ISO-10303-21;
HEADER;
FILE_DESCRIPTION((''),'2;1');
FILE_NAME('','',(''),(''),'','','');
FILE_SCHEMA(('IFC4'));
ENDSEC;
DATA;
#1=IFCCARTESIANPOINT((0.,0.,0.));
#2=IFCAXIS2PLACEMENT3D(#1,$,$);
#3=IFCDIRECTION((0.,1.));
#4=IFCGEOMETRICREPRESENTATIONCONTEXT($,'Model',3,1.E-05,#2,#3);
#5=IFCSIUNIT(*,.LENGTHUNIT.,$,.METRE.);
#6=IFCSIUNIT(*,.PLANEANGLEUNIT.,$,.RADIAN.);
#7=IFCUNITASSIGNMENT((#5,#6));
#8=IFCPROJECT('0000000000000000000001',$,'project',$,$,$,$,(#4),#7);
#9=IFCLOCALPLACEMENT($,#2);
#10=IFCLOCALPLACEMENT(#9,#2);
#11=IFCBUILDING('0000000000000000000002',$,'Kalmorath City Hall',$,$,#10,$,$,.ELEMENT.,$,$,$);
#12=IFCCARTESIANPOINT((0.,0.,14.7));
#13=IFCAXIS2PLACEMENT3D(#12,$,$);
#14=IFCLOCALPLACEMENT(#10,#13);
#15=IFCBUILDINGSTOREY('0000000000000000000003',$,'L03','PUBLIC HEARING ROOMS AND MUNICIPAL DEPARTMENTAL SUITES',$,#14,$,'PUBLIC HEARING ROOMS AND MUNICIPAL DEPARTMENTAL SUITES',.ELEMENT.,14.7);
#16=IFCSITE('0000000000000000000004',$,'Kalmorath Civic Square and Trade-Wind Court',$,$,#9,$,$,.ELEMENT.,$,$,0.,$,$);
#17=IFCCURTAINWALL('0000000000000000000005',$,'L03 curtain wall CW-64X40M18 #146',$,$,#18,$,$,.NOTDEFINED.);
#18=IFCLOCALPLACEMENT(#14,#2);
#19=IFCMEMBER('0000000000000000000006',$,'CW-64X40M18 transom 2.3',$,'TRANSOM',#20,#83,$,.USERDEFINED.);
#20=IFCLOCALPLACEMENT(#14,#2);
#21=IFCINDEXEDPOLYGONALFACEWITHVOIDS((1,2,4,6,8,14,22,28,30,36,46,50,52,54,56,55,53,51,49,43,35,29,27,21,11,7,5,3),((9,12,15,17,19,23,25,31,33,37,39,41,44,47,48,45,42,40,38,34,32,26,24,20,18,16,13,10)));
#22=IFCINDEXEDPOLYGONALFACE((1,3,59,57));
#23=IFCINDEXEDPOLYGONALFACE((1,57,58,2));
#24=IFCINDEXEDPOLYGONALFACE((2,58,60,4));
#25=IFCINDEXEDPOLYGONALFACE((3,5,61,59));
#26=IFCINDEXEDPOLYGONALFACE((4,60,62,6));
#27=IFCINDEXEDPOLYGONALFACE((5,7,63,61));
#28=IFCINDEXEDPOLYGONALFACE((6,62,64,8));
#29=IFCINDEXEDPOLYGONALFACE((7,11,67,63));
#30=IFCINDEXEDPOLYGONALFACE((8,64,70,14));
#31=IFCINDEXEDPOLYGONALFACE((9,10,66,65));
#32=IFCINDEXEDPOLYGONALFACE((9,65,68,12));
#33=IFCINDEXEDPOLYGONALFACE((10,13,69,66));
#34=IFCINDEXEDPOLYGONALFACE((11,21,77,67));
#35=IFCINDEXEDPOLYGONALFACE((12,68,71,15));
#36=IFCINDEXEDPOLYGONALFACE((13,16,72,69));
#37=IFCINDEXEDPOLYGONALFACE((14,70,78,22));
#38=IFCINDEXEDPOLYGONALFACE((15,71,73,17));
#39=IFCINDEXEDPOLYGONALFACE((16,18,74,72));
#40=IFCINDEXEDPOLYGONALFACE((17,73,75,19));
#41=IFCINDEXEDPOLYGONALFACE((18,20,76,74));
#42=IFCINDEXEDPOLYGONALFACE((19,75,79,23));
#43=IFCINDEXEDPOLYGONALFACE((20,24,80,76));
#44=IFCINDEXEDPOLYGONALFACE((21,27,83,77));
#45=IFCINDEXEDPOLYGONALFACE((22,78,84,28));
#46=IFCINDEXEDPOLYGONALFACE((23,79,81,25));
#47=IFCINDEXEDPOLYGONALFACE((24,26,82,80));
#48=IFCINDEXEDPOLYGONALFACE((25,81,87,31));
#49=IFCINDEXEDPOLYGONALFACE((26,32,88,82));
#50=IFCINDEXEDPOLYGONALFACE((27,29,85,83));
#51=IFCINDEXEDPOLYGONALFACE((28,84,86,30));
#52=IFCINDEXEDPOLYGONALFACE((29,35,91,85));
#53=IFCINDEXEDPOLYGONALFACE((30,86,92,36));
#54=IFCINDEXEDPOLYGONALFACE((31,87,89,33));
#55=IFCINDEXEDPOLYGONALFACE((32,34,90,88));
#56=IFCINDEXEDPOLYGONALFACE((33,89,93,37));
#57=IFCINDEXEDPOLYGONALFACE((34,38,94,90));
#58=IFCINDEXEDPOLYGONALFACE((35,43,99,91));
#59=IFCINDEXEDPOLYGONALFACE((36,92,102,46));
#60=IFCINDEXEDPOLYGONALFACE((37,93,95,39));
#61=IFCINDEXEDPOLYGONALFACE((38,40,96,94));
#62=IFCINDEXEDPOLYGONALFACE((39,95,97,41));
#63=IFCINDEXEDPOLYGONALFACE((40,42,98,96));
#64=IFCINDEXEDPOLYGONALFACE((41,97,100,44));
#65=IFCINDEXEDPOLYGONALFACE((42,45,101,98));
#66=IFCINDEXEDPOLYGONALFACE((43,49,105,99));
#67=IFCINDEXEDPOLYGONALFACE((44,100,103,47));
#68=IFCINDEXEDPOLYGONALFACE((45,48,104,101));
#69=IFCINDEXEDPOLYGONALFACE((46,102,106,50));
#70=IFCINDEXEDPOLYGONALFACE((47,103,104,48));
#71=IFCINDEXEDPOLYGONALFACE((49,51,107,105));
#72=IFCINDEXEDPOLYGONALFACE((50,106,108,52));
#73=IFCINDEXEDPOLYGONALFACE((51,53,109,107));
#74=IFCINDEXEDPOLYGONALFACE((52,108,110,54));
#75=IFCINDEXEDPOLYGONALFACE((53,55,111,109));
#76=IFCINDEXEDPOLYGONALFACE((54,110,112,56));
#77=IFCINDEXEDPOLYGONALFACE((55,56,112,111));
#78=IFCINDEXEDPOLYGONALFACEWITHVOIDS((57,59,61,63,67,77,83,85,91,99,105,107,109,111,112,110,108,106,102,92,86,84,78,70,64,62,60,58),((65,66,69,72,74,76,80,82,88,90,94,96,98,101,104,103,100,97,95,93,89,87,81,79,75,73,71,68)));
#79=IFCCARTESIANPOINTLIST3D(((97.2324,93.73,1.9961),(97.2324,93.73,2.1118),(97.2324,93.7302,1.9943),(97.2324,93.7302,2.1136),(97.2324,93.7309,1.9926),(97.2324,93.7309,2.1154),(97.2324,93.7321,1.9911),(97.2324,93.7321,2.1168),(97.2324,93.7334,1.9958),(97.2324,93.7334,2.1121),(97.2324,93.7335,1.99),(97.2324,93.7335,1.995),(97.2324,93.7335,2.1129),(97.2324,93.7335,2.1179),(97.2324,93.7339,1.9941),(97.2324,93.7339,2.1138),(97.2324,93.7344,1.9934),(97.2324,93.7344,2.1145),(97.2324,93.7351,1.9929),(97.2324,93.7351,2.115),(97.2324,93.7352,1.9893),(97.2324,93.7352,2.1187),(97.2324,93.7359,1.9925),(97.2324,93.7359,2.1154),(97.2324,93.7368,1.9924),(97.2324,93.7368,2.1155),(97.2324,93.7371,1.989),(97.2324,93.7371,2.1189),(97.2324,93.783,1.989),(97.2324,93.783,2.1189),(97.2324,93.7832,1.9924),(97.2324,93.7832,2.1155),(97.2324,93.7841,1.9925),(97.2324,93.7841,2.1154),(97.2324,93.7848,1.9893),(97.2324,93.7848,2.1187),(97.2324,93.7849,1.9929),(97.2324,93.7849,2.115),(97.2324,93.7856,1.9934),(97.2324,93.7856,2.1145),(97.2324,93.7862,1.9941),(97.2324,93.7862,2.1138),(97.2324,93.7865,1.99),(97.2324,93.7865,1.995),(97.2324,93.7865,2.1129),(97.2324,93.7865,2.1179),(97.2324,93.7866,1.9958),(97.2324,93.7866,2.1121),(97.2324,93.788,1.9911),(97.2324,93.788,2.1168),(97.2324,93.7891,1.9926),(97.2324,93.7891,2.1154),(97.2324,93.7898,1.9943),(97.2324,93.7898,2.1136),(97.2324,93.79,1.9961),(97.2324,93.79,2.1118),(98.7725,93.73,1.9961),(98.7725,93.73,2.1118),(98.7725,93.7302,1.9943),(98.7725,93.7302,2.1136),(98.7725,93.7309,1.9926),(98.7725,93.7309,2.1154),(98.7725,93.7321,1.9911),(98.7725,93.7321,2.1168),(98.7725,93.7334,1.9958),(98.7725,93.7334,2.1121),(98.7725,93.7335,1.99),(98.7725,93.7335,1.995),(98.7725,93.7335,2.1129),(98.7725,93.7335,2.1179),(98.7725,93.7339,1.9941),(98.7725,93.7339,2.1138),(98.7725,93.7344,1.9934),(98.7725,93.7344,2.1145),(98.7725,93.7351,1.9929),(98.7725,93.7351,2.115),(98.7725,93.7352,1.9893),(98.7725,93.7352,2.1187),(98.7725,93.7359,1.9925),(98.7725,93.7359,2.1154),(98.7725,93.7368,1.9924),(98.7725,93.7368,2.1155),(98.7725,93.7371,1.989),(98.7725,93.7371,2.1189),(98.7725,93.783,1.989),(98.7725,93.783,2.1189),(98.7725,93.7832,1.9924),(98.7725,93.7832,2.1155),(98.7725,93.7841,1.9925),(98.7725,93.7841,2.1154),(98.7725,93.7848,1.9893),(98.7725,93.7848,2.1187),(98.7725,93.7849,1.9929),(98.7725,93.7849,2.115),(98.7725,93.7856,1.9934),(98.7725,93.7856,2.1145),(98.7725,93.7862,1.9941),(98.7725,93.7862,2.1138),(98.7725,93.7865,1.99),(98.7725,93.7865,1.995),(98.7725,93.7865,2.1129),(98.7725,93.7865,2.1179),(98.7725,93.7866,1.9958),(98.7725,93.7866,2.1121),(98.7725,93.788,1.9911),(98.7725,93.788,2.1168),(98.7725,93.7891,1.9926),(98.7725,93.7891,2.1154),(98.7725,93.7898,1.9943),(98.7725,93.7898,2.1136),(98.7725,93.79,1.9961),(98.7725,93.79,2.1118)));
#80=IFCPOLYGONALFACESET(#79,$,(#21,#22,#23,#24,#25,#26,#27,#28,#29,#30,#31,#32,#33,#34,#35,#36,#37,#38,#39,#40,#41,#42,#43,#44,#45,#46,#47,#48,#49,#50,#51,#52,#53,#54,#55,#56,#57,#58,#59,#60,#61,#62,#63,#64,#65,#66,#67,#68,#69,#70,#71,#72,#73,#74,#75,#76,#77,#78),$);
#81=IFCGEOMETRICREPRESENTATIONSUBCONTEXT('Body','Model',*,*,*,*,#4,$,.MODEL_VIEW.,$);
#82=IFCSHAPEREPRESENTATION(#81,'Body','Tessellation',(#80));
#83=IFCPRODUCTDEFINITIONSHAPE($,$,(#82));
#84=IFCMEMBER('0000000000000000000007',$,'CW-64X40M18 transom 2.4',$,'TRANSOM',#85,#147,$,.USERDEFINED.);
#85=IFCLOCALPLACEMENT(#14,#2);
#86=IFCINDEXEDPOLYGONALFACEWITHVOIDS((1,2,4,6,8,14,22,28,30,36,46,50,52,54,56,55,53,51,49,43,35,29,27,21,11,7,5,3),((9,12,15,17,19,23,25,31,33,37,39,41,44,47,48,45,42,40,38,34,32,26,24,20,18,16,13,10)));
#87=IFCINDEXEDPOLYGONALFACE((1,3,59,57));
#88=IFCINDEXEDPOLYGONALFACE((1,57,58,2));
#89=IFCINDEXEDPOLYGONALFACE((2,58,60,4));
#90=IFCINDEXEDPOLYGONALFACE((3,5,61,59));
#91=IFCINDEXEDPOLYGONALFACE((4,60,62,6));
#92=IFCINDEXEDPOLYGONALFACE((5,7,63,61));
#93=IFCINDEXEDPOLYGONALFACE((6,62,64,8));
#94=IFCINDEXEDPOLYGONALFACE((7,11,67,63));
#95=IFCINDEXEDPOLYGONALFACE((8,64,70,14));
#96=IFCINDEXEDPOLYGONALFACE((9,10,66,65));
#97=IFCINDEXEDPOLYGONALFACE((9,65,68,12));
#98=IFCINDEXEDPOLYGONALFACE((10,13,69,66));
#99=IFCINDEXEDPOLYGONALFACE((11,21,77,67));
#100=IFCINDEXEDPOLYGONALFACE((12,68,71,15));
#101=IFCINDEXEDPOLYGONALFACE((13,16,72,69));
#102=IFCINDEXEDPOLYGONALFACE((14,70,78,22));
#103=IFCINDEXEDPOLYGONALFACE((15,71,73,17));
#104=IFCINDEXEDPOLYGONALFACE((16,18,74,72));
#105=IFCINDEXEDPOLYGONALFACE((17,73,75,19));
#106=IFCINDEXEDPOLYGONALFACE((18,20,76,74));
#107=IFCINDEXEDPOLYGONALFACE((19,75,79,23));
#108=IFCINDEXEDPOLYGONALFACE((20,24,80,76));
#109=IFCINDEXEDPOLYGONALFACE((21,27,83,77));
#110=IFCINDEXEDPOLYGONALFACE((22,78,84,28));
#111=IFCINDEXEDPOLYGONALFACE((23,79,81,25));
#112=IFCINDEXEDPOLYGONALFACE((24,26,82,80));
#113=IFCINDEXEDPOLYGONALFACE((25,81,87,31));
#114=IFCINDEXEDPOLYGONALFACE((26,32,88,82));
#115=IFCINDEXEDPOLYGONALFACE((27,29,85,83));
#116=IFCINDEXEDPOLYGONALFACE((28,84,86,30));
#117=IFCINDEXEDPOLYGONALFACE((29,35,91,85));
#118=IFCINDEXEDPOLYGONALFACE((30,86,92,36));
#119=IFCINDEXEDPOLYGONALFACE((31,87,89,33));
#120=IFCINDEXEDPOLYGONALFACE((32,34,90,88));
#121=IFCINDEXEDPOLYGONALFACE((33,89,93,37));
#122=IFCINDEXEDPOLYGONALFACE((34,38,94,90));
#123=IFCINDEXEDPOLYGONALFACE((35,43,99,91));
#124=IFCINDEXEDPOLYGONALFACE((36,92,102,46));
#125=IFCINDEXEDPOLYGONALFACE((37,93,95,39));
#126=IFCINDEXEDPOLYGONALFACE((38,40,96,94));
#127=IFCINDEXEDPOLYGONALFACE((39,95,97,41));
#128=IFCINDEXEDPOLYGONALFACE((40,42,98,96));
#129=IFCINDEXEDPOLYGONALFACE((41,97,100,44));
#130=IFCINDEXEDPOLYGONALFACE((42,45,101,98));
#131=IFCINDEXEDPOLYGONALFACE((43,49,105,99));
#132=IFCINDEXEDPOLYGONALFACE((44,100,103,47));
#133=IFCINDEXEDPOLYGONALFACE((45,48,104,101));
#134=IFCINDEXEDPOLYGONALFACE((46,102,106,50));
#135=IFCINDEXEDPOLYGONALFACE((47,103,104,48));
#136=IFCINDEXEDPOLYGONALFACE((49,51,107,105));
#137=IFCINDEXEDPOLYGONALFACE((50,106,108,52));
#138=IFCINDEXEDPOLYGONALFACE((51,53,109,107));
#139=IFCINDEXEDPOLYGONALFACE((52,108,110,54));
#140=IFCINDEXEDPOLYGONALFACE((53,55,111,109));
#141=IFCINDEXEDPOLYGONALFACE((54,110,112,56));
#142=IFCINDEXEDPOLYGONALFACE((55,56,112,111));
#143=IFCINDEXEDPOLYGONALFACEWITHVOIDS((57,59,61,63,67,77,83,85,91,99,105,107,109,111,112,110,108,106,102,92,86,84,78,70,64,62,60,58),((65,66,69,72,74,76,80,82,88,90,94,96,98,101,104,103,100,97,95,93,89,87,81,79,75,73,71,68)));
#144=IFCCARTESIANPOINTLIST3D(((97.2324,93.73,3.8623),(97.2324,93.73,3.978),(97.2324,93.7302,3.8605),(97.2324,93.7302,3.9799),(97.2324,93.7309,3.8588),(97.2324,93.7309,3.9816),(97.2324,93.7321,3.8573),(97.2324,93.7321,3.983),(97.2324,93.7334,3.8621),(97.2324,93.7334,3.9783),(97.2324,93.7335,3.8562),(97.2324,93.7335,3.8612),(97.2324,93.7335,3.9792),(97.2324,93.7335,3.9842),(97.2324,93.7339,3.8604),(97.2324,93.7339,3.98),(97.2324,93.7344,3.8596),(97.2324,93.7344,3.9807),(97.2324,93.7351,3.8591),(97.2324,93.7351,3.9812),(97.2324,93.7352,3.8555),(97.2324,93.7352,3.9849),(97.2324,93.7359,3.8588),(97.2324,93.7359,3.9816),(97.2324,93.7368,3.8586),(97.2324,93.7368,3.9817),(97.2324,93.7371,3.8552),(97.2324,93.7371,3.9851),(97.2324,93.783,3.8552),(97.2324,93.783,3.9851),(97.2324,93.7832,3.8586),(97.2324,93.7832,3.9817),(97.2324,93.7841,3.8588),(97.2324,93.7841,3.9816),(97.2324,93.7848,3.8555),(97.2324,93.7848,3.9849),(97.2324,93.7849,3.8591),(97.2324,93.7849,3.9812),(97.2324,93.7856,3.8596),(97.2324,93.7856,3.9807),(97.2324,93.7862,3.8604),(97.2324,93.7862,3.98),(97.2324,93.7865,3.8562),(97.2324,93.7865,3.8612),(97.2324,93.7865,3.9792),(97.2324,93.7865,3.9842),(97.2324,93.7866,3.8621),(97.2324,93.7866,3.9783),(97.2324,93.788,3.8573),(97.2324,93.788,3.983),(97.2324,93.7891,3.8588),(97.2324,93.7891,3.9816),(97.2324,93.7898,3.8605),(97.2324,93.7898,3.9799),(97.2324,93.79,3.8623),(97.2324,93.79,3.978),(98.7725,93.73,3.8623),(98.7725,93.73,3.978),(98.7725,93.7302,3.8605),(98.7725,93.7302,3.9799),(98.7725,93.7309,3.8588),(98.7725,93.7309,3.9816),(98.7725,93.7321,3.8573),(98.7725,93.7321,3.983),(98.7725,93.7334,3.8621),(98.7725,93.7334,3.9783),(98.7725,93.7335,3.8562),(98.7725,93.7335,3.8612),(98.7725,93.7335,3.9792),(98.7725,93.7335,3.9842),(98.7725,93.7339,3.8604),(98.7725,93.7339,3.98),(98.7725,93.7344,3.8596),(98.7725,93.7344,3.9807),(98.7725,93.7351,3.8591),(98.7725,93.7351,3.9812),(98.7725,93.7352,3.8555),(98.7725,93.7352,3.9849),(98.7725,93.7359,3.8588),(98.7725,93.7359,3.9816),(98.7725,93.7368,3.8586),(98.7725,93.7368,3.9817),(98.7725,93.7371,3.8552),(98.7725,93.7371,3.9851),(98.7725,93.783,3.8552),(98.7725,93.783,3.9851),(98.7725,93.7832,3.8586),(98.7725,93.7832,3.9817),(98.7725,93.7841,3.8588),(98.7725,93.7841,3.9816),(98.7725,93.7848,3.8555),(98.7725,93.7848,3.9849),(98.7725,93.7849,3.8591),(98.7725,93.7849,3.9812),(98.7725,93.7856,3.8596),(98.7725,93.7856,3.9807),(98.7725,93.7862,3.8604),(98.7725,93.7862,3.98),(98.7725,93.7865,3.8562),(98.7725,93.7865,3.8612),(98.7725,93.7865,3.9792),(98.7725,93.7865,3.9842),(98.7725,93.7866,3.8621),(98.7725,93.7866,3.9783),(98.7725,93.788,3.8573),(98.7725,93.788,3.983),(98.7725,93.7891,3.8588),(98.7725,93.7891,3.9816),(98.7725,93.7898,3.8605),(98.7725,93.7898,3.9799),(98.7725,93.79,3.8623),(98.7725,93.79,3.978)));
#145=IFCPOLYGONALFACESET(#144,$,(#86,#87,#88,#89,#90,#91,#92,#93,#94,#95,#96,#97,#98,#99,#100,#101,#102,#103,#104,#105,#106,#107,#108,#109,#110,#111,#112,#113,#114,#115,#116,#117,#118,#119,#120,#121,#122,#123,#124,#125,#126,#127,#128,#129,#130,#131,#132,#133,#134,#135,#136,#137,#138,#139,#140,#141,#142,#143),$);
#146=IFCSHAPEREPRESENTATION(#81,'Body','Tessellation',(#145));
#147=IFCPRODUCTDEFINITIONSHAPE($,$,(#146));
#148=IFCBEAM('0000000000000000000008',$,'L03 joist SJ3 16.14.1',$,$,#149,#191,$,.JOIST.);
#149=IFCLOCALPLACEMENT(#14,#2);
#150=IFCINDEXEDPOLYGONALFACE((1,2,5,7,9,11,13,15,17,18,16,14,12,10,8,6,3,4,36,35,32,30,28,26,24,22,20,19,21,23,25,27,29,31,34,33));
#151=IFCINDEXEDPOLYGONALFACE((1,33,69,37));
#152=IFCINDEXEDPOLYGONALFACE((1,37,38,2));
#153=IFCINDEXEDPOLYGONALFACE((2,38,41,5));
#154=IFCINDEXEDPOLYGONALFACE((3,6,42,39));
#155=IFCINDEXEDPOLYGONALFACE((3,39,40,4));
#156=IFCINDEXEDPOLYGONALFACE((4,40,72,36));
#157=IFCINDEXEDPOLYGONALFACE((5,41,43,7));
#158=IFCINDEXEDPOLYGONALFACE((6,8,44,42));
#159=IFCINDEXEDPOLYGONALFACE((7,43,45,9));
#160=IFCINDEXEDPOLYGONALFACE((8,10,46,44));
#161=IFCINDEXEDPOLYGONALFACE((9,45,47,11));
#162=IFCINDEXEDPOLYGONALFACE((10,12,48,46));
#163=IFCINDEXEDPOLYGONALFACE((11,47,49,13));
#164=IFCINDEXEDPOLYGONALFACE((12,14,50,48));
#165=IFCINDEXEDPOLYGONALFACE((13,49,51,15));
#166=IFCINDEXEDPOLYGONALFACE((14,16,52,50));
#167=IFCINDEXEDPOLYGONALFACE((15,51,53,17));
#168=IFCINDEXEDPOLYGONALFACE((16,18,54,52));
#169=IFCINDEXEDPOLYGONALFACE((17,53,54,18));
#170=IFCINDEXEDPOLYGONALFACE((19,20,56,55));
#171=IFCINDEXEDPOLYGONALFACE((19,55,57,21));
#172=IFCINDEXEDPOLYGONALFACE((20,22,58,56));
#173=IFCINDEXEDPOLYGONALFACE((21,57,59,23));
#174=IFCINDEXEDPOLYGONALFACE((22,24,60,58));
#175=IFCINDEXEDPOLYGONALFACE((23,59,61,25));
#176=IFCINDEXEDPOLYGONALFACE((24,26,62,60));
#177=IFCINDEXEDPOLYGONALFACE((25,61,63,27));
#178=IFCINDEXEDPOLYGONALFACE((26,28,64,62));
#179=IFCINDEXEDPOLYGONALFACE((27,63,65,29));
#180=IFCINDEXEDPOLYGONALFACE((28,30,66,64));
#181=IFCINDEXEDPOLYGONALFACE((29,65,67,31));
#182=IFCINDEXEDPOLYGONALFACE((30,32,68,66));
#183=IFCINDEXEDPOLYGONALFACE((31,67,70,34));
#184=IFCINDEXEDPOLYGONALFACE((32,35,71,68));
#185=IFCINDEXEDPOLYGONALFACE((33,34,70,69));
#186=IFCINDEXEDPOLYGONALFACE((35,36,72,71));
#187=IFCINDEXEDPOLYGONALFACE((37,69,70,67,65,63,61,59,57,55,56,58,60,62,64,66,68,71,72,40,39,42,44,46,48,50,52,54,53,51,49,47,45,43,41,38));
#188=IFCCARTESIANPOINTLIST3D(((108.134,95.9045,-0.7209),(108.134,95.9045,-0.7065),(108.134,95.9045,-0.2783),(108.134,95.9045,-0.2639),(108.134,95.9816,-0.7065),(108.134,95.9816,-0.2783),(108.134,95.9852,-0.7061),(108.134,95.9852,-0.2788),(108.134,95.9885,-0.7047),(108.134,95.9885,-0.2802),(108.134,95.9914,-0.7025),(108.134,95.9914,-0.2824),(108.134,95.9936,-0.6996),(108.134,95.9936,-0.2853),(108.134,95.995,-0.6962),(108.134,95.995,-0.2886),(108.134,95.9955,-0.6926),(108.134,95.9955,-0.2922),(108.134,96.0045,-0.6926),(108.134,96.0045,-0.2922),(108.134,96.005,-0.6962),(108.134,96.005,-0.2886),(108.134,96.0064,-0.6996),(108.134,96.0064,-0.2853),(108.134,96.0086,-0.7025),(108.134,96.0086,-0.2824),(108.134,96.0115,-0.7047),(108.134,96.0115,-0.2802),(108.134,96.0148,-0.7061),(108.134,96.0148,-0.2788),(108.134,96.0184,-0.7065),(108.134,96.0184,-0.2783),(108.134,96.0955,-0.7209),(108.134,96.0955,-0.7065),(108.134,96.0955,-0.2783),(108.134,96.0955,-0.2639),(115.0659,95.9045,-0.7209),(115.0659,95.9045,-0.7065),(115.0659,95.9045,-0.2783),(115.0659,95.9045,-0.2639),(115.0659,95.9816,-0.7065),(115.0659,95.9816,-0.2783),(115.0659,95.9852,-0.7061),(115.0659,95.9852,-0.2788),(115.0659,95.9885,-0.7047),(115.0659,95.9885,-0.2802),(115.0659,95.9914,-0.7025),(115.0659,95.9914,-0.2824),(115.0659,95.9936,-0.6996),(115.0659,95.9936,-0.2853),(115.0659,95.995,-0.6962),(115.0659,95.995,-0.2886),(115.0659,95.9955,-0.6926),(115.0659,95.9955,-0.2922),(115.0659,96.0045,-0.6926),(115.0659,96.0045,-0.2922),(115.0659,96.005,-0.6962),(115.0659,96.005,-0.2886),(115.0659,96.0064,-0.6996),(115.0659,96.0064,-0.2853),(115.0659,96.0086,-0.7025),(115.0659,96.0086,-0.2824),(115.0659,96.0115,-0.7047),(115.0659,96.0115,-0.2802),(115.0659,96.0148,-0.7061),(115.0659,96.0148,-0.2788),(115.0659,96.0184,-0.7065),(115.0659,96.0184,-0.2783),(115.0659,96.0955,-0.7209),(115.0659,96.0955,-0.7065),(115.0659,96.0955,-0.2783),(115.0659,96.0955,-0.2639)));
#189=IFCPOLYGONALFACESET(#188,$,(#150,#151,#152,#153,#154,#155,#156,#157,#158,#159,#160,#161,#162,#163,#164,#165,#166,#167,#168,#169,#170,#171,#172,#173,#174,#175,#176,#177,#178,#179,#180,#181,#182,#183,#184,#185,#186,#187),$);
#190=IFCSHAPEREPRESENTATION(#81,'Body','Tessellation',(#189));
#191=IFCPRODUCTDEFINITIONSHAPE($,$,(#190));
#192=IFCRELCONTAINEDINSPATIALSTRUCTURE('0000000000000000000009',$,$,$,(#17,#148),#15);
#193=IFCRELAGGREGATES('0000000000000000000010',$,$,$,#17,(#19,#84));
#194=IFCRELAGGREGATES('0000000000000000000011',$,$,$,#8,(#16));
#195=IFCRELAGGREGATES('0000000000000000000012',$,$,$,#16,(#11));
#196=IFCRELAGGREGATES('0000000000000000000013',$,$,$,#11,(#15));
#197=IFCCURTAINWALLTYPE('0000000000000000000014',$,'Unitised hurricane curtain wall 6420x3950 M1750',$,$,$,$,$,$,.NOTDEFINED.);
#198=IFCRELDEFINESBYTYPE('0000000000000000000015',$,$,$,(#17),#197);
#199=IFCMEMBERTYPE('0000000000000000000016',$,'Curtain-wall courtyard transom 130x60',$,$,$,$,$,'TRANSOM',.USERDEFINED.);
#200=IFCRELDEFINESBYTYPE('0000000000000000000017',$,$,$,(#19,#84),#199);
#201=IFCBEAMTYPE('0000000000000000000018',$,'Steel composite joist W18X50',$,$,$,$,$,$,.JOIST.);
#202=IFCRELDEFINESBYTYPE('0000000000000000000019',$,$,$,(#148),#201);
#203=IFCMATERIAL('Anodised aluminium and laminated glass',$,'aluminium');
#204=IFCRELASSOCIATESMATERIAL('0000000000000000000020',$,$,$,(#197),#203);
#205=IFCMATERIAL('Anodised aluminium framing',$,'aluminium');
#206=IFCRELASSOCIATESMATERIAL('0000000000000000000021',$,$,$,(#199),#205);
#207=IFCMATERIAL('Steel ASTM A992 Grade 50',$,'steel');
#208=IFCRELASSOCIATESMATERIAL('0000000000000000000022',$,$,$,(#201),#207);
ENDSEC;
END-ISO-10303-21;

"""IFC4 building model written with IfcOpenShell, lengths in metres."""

from ifc_helpers import new_model, si_unit, direction, frame, origin, origin_2d, place, context, subcontext, project, spatial, hollow_rectangle, i_section, extrude, material, material_profile, profile_set, type_object, element, aggregate, save


model = new_model("IFC4")

# Units and contexts
model_context = context("Model", 3, precision=1e-05, world=origin(), true_north=direction((0.0, 1.0)))
body_context = subcontext(model_context, "Body", "Model", "MODEL_VIEW")
ifc_project = project(units=[si_unit("LENGTHUNIT", "METRE"), si_unit("PLANEANGLEUNIT", "RADIAN")], contexts=[model_context])

# Site, building, storey
site_placement = place(None, origin())
site = spatial("IfcSite", under=ifc_project, at=site_placement, Name="Kalmorath Civic Square and Trade-Wind Court", CompositionType="ELEMENT", RefElevation=0.0)
building_placement = place(site_placement, origin())
building = spatial("IfcBuilding", under=site, at=building_placement, Name="Kalmorath City Hall", CompositionType="ELEMENT")
storey_placement = place(building_placement, frame((0.0, 0.0, 14.7)))
storey = spatial("IfcBuildingStorey", under=building, at=storey_placement, Name="L03", Description="PUBLIC HEARING ROOMS AND MUNICIPAL DEPARTMENTAL SUITES", LongName="PUBLIC HEARING ROOMS AND MUNICIPAL DEPARTMENTAL SUITES", CompositionType="ELEMENT", Elevation=14.7)

# Curtain wall, members
ifc_material_1 = material(Name="Anodised aluminium and laminated glass", Category="aluminium")
curtain_wall_type = type_object("IfcCurtainWallType", Name="Unitised hurricane curtain wall 6420x3950 M1750", PredefinedType="NOTDEFINED", material=ifc_material_1)
curtain_wall_placement = place(storey_placement, origin())
curtain_wall = element("IfcCurtainWall", 1, at=curtain_wall_placement, inside=storey, type_object=curtain_wall_type, Name="L03 curtain wall CW-64X40M18 #146", PredefinedType="NOTDEFINED")
ifc_material_2 = material(Name="Anodised aluminium framing", Category="aluminium")
ifc_material_profile_1 = material_profile(ifc_material_2, hollow_rectangle(XDim=0.0601, YDim=0.1299, WallThickness=0.0034, InnerFilletRadius=0.0034, OuterFilletRadius=0.0071, at=origin_2d()), Name="ALU-TRN-130X60X3.5")
ifc_profile_set_1 = profile_set([ifc_material_profile_1], Name="Anodised aluminium framing")
member_type_1 = type_object("IfcMemberType", Name="Curtain-wall courtyard transom 130x60", ElementType="TRANSOM", PredefinedType="USERDEFINED", material=ifc_profile_set_1)
member_1_placement = place(storey_placement, frame((98.7725, 93.76, 2.054), z_axis=(-1.0, 0.0, 0.0), x_axis=(0.0, -1.0, 0.0)))
member_1 = element("IfcMember", 2, at=member_1_placement, type_object=member_type_1, Name="CW-64X40M18 transom 2.3", ObjectType="TRANSOM", PredefinedType="USERDEFINED", context=body_context, shape_type="SweptSolid", body=[
    extrude(hollow_rectangle(XDim=0.0601, YDim=0.1299, WallThickness=0.0034, InnerFilletRadius=0.0034, OuterFilletRadius=0.0071, at=origin_2d()), origin(), (0.0, 0.0, 1.0), 1.54),
])
member_2_placement = place(storey_placement, frame((98.7725, 93.76, 3.9202), z_axis=(-1.0, 0.0, 0.0), x_axis=(0.0, -1.0, 0.0)))
member_2 = element("IfcMember", 3, at=member_2_placement, type_object=member_type_1, Name="CW-64X40M18 transom 2.4", ObjectType="TRANSOM", PredefinedType="USERDEFINED", context=body_context, shape_type="SweptSolid", body=[
    extrude(hollow_rectangle(XDim=0.0601, YDim=0.1299, WallThickness=0.0034, InnerFilletRadius=0.0034, OuterFilletRadius=0.0071, at=origin_2d()), origin(), (0.0, 0.0, 1.0), 1.54),
])

# Beam
ifc_material_3 = material(Name="Steel ASTM A992 Grade 50", Category="steel")
ifc_material_profile_2 = material_profile(ifc_material_3, i_section(OverallWidth=0.1909, OverallDepth=0.457, WebThickness=0.009, FlangeThickness=0.0144, FilletRadius=0.0139, at=origin_2d()), Name="W18X50")
ifc_profile_set_2 = profile_set([ifc_material_profile_2], Name="Steel ASTM A992 Grade 50")
beam_type_1 = type_object("IfcBeamType", Name="Steel composite joist W18X50", PredefinedType="JOIST", material=ifc_profile_set_2)
for number, where, z_axis, x_axis, name in (
    (4, (108.134, 96.0, -0.4924), (1.0, 0.0, 0.0), (0.0, 1.0, 0.0), "L03 joist SJ3 16.14.1"),
):
    element("IfcBeam", number, at=place(storey_placement, frame(where, z_axis=z_axis, x_axis=x_axis)), inside=storey, type_object=beam_type_1, Name=name, PredefinedType="JOIST", context=body_context, shape_type="SweptSolid", body=[
        extrude(i_section(OverallWidth=0.1909, OverallDepth=0.457, WebThickness=0.009, FlangeThickness=0.0144, FilletRadius=0.0139, at=origin_2d()), origin(), (0.0, 0.0, 1.0), 6.9319),
    ])

aggregate(curtain_wall, [member_1, member_2])

save(model, "model.ifc")
